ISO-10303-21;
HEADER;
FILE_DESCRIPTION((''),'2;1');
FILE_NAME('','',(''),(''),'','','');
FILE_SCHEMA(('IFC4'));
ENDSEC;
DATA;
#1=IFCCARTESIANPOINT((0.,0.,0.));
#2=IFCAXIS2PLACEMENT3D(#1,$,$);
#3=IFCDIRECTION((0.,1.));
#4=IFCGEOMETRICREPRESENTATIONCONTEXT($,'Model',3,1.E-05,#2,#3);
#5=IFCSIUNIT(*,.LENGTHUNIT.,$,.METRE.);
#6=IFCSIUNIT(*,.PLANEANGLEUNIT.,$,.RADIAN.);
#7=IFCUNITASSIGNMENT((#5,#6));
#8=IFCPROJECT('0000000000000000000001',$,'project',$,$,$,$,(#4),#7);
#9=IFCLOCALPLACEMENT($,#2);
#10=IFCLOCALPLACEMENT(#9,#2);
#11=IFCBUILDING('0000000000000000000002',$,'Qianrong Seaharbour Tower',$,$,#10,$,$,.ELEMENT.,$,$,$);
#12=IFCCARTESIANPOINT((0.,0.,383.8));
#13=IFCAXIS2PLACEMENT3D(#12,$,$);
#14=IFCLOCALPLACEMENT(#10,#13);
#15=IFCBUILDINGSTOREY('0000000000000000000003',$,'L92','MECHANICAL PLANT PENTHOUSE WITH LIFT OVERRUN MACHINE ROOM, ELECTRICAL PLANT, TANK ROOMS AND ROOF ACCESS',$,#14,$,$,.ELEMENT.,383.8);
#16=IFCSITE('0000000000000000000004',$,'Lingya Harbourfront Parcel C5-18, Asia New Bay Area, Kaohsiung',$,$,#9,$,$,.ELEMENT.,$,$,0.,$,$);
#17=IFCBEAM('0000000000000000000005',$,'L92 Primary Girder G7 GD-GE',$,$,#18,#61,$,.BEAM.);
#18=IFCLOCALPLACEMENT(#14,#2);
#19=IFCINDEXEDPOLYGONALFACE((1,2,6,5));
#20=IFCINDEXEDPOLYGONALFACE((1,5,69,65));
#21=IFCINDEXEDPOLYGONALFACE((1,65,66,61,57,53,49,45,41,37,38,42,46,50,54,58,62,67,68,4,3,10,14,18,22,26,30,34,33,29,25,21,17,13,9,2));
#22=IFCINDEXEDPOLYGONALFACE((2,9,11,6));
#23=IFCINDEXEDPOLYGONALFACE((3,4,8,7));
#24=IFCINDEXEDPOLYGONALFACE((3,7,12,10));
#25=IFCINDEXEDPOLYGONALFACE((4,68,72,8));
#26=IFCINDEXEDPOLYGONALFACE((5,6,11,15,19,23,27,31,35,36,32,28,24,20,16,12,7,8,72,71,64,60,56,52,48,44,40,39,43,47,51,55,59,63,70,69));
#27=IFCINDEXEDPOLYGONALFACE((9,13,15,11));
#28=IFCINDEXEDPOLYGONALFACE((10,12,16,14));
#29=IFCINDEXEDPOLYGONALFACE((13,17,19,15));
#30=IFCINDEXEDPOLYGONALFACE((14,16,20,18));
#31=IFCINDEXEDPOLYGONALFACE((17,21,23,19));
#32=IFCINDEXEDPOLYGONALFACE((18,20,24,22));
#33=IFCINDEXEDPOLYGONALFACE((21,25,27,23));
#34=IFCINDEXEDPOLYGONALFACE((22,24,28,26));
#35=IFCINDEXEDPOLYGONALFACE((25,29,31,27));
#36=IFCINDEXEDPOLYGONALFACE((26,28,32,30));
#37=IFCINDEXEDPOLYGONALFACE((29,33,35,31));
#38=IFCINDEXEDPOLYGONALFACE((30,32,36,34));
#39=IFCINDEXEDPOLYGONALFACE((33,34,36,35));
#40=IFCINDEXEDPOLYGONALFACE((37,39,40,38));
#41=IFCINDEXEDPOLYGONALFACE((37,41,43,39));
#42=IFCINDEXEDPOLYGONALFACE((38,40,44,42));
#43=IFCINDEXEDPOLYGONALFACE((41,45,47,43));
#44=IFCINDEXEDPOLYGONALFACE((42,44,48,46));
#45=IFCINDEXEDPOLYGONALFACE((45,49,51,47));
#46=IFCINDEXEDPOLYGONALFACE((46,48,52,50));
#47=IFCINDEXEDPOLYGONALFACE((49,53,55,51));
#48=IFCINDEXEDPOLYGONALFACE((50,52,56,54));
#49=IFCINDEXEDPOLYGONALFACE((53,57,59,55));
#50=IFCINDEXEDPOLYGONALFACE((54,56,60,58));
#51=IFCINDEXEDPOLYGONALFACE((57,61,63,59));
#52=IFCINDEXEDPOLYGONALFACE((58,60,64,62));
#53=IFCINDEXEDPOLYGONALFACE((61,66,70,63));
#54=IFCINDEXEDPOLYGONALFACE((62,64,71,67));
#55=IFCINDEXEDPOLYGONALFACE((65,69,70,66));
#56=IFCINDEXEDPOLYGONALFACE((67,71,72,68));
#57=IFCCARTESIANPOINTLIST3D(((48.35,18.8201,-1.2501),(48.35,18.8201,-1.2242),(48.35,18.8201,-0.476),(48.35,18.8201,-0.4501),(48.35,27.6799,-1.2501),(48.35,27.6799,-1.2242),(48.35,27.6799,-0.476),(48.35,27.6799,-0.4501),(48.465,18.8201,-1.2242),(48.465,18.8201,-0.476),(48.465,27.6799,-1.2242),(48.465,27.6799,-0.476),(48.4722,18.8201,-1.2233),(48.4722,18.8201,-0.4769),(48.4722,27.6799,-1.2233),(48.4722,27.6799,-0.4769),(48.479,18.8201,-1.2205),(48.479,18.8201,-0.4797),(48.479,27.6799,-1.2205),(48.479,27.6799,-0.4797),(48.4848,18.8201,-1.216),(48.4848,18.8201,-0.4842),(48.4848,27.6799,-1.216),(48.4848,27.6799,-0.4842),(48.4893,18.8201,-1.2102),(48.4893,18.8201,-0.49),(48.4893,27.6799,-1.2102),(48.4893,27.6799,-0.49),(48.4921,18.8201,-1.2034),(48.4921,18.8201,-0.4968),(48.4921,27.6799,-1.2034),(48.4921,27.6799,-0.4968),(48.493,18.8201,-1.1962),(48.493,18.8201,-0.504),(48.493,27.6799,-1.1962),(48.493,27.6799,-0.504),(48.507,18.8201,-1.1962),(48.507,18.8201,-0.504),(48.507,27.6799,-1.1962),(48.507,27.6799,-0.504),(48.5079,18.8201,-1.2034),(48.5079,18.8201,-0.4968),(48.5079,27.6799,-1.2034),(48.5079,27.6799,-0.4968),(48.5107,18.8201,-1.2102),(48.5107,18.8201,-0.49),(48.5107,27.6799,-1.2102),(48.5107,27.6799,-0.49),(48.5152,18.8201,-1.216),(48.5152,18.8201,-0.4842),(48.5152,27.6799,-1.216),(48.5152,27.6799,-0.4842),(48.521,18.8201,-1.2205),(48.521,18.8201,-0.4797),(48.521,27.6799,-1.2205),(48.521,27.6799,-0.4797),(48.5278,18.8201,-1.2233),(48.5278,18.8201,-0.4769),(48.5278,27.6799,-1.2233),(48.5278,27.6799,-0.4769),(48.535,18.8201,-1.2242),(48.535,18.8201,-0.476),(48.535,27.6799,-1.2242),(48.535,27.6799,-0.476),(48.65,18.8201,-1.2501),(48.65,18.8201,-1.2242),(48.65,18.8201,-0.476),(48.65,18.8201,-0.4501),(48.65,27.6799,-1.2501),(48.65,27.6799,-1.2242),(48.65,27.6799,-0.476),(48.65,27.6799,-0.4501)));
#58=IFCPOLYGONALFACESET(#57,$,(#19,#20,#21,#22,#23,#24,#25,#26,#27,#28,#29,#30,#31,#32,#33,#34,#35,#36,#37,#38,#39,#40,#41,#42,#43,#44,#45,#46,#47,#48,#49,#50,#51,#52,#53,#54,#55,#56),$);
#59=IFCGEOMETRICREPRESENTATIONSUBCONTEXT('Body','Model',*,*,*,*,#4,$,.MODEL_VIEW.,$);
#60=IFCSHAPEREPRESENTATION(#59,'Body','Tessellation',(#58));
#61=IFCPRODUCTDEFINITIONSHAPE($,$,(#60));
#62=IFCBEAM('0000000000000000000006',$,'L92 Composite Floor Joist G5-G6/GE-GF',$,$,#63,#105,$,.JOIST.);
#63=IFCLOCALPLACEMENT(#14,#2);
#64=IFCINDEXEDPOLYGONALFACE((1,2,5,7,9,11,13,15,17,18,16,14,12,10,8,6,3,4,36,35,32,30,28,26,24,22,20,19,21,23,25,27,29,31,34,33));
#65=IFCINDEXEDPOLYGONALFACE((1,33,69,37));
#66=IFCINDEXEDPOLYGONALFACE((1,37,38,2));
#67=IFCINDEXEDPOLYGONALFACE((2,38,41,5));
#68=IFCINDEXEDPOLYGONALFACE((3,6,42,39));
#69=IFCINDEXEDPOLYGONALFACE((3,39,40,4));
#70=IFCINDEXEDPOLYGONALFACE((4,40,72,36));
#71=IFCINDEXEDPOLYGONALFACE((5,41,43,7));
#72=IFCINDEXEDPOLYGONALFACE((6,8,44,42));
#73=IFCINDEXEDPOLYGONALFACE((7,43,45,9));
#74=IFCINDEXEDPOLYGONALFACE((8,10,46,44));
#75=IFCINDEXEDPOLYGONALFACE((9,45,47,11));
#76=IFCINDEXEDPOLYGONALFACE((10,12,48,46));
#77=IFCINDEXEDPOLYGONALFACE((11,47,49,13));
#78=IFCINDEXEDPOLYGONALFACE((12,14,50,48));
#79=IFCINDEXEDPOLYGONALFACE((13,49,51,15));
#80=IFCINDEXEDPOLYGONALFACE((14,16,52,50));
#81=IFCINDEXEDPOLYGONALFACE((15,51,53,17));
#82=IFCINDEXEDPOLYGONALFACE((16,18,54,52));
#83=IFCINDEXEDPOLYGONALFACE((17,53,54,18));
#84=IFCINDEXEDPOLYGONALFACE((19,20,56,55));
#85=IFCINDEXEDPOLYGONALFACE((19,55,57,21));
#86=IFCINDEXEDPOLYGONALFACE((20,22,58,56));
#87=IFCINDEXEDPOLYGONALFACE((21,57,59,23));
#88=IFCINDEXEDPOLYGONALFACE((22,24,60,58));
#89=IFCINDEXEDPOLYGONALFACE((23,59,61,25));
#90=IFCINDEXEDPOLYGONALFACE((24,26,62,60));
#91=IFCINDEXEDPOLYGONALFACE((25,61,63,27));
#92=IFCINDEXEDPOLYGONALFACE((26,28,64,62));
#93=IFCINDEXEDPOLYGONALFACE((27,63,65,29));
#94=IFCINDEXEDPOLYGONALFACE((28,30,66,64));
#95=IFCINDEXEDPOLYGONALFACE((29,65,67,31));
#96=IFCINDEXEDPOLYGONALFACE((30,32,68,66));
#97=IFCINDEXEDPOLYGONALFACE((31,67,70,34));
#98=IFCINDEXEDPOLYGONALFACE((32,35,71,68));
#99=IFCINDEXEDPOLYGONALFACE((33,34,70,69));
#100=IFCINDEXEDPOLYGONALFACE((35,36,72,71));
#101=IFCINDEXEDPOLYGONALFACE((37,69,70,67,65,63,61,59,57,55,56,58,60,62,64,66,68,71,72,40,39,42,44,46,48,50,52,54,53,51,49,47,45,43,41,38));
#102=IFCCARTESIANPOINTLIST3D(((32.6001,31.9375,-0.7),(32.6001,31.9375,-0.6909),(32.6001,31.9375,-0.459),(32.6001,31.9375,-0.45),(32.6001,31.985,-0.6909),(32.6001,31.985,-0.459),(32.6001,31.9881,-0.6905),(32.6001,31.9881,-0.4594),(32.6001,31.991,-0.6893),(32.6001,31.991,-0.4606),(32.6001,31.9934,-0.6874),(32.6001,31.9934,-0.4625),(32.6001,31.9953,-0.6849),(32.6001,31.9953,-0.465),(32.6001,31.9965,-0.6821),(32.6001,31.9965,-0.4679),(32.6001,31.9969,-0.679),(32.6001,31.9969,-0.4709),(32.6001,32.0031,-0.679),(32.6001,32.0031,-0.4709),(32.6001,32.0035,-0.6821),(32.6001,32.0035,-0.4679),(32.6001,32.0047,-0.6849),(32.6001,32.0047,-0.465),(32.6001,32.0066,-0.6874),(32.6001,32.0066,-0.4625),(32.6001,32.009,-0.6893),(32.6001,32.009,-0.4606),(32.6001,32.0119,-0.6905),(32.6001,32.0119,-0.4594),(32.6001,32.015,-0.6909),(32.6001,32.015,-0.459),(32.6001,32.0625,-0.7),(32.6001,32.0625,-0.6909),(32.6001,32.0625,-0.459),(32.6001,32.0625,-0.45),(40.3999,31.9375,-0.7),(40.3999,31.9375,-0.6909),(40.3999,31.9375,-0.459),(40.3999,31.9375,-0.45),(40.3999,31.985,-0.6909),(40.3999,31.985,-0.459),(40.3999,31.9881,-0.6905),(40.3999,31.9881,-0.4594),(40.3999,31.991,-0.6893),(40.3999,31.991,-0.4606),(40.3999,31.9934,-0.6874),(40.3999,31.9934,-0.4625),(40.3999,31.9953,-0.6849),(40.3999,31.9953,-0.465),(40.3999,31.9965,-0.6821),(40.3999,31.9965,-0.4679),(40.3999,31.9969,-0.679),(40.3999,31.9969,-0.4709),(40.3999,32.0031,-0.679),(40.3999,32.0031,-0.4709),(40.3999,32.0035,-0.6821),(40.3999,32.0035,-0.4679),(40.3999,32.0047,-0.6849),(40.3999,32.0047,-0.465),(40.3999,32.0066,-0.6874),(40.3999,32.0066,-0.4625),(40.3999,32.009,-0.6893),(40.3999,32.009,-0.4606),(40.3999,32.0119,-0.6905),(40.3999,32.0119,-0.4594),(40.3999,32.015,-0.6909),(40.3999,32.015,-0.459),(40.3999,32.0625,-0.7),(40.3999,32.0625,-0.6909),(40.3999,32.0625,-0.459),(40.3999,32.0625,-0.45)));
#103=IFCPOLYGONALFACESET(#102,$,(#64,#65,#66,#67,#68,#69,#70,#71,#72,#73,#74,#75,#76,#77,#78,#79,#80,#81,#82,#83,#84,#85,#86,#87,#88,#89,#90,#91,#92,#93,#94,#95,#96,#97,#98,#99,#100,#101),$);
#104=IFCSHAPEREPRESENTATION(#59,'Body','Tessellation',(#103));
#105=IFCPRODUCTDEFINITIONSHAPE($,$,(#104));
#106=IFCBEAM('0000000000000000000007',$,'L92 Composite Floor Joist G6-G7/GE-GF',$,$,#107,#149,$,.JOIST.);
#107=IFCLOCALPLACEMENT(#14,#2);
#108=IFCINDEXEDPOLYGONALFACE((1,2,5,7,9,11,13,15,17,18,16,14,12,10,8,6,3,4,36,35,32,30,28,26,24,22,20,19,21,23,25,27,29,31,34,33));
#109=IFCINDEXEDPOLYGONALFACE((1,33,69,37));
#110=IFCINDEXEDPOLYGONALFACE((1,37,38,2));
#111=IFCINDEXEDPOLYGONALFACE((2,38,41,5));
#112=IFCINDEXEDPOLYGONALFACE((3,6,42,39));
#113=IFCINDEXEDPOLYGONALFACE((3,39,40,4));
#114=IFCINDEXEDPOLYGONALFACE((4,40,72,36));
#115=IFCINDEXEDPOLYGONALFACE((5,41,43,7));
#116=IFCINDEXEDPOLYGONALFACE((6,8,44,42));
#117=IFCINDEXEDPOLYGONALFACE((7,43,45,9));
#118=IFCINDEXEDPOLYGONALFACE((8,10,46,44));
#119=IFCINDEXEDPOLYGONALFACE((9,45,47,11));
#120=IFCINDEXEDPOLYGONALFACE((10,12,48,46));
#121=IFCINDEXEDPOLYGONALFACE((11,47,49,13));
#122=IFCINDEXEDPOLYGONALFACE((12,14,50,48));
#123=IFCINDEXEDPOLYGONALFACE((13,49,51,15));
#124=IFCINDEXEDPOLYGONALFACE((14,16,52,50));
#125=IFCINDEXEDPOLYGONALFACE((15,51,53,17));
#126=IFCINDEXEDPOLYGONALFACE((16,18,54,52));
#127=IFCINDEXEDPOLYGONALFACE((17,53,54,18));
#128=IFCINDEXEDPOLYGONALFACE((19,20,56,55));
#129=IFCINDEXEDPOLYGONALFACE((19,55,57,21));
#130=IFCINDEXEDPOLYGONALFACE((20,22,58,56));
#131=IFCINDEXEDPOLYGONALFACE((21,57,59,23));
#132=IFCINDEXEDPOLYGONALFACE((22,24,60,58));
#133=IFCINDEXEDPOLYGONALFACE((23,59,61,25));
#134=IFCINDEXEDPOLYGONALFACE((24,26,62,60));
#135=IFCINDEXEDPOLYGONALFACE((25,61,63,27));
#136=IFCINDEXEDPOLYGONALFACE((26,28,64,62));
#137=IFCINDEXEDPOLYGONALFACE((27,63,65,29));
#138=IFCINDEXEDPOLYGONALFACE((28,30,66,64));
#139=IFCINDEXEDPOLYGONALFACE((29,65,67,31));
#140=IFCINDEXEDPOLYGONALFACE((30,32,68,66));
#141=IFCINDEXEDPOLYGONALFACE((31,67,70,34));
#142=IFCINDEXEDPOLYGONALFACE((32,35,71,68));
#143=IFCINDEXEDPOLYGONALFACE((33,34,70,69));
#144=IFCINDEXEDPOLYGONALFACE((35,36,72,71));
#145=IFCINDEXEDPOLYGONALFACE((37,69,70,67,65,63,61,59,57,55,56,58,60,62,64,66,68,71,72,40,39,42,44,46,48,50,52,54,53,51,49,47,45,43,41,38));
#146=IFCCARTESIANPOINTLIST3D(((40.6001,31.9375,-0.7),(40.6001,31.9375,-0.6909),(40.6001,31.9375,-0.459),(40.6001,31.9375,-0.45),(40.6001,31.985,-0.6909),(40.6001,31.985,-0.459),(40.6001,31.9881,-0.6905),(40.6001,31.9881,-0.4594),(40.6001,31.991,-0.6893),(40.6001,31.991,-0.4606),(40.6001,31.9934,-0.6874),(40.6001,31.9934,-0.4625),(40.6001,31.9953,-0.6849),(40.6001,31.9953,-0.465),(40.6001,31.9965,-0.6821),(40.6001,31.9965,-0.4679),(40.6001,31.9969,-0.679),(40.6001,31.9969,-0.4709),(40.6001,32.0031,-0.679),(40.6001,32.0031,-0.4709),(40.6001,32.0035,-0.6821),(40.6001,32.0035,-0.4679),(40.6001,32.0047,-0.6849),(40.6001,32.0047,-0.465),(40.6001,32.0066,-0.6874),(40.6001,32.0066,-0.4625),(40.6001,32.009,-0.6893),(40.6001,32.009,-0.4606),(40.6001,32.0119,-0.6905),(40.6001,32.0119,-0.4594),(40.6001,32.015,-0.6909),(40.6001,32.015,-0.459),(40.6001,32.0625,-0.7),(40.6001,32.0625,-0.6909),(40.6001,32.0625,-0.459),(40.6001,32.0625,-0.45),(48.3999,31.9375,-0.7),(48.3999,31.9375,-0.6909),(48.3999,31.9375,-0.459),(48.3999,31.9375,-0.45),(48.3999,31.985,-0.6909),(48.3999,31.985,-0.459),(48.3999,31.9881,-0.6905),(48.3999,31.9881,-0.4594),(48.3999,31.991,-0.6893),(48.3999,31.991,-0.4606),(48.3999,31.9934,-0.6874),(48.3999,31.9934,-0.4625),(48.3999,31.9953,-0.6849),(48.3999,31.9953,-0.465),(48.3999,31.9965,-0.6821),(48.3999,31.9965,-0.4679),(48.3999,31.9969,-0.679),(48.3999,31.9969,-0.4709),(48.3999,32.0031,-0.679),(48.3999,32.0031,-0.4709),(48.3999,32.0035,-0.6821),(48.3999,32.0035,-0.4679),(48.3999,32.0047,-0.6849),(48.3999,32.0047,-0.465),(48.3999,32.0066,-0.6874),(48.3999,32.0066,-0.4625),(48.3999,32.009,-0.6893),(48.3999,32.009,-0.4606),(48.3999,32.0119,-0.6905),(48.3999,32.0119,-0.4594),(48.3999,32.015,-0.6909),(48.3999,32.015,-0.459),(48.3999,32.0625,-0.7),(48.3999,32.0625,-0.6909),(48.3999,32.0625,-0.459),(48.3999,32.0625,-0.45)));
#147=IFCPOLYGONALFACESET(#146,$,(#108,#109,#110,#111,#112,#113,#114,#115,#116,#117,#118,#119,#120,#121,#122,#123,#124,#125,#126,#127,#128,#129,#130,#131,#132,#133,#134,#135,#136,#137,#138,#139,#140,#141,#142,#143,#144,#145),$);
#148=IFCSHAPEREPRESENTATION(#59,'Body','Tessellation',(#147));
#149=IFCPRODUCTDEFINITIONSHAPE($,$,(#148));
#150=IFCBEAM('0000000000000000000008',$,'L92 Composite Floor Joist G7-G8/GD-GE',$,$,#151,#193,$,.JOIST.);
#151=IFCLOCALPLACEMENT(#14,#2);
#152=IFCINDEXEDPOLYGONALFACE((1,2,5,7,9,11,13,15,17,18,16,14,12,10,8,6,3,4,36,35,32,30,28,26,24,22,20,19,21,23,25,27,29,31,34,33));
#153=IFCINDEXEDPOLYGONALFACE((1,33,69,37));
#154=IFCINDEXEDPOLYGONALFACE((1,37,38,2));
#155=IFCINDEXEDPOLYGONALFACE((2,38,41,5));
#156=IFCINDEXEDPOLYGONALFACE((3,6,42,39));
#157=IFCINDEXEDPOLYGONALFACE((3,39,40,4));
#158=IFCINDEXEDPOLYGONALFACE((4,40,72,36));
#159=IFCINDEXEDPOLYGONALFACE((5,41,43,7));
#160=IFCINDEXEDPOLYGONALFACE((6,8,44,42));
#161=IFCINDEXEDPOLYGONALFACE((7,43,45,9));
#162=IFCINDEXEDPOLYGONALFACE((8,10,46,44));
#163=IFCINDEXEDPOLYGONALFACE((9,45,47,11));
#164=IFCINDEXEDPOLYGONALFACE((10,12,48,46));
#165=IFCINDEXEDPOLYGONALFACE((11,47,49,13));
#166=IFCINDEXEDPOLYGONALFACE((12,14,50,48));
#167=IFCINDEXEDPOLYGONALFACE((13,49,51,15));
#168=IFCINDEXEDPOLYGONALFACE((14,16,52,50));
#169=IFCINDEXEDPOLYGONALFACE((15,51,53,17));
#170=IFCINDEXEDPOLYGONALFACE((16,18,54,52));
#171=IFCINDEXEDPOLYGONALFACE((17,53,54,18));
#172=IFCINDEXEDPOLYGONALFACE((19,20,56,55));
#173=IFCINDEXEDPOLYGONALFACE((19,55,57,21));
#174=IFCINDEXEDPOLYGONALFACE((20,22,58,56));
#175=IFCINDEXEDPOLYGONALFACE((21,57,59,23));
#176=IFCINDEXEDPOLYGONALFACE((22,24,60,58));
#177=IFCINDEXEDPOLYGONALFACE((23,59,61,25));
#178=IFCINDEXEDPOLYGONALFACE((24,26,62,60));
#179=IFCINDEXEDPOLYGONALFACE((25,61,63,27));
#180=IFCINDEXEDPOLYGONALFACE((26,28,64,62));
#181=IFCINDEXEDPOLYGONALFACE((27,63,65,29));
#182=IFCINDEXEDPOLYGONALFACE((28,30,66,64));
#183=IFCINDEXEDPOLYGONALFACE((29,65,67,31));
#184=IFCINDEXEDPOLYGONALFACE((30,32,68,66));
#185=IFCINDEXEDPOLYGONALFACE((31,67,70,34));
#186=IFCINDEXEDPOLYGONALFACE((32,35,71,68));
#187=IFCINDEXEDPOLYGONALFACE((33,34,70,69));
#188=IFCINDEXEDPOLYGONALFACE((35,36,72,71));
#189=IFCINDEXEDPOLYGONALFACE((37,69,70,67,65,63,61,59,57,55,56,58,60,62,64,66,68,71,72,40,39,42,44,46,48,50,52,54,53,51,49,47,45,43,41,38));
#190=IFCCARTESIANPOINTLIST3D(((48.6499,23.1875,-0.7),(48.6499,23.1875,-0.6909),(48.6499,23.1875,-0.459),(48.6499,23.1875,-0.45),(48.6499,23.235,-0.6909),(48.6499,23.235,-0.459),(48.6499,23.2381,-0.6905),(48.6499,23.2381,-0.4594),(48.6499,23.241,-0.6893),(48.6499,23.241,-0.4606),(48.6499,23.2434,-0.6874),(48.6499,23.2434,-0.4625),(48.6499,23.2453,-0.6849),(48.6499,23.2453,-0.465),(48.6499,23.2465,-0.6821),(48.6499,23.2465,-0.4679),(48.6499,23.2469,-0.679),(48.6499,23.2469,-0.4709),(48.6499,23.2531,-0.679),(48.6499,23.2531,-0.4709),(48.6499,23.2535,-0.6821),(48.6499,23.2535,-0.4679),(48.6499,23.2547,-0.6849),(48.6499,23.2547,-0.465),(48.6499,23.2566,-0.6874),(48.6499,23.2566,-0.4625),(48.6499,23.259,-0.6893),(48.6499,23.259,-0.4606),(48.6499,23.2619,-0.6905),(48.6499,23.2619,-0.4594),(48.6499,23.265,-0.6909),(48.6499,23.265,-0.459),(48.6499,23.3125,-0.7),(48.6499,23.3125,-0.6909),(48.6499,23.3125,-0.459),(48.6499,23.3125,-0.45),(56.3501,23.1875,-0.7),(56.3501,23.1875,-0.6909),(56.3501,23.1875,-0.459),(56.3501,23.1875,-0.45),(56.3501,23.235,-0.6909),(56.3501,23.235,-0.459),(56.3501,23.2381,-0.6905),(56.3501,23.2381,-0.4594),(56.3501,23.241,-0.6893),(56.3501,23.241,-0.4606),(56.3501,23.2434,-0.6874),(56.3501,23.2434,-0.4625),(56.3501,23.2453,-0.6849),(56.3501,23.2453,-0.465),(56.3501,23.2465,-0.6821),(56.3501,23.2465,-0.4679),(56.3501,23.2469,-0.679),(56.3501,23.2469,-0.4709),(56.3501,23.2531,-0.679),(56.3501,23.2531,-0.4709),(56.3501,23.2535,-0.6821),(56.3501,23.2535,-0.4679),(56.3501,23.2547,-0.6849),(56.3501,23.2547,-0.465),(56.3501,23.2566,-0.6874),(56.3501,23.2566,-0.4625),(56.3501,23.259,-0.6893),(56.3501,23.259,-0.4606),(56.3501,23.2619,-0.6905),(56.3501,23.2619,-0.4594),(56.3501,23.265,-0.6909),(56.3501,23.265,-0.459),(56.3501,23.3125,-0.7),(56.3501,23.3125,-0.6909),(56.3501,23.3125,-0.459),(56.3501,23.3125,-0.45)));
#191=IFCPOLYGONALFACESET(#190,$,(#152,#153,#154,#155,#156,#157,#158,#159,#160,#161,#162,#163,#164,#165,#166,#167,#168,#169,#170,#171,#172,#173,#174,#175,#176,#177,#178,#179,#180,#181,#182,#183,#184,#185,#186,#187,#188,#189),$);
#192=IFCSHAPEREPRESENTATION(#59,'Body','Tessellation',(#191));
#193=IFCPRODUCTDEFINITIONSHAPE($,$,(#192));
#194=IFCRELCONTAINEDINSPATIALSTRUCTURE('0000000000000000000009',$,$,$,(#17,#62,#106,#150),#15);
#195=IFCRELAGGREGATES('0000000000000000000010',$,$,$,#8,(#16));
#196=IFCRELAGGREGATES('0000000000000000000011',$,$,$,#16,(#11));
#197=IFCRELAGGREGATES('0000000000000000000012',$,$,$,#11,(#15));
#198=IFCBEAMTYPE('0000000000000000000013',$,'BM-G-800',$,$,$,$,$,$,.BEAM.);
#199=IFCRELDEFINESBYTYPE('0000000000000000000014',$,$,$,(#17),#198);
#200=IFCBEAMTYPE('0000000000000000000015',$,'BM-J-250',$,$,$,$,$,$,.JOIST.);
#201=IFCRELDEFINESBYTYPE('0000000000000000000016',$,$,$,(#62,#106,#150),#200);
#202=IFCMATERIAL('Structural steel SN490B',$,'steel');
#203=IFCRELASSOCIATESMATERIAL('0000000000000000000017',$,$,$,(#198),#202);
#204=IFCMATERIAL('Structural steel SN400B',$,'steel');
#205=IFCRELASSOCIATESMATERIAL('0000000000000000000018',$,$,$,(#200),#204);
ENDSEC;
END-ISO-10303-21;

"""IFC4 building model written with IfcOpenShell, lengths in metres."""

from ifc_helpers import new_model, si_unit, direction, frame, origin, origin_2d, place, context, subcontext, project, spatial, i_section, extrude, material, material_profile, profile_set, type_object, element, save


model = new_model("IFC4")

# Units and contexts
model_context = context("Model", 3, precision=1e-05, world=origin(), true_north=direction((0.0, 1.0)))
body_context = subcontext(model_context, "Body", "Model", "MODEL_VIEW")
ifc_project = project(units=[si_unit("LENGTHUNIT", "METRE"), si_unit("PLANEANGLEUNIT", "RADIAN")], contexts=[model_context])

# Site, building, storey
site_placement = place(None, origin())
site = spatial("IfcSite", under=ifc_project, at=site_placement, Name="Lingya Harbourfront Parcel C5-18, Asia New Bay Area, Kaohsiung", CompositionType="ELEMENT", RefElevation=0.0)
building_placement = place(site_placement, origin())
building = spatial("IfcBuilding", under=site, at=building_placement, Name="Qianrong Seaharbour Tower", CompositionType="ELEMENT")
storey_placement = place(building_placement, frame((0.0, 0.0, 383.8)))
storey = spatial("IfcBuildingStorey", under=building, at=storey_placement, Name="L92", Description="MECHANICAL PLANT PENTHOUSE WITH LIFT OVERRUN MACHINE ROOM, ELECTRICAL PLANT, TANK ROOMS AND ROOF ACCESS", CompositionType="ELEMENT", Elevation=383.8)

# Shared definitions
ifc_material_1 = material(Name="Structural steel SN490B", Category="steel")
ifc_material_2 = material(Name="Structural steel SN400B", Category="steel")

# Beams
ifc_material_profile_1 = material_profile(ifc_material_1, i_section(OverallWidth=0.3, OverallDepth=0.8, WebThickness=0.0139, FlangeThickness=0.0259, FilletRadius=0.0281, at=origin_2d()), Name="H800x300x14x26")
ifc_profile_set_1 = profile_set([ifc_material_profile_1], Name="Structural steel SN490B")
beam_type_1 = type_object("IfcBeamType", Name="BM-G-800", PredefinedType="BEAM", material=ifc_profile_set_1)
beam_1_placement = place(storey_placement, frame((48.5, 18.8201, -0.8501), z_axis=(0.0, 1.0, 0.0), x_axis=(-1.0, 0.0, 0.0)))
element("IfcBeam", 1, at=beam_1_placement, inside=storey, type_object=beam_type_1, Name="L92 Primary Girder G7 GD-GE", PredefinedType="BEAM", context=body_context, shape_type="SweptSolid", body=[
    extrude(i_section(OverallWidth=0.3, OverallDepth=0.8, WebThickness=0.0139, FlangeThickness=0.0259, FilletRadius=0.0281, at=origin_2d()), origin(), (0.0, 0.0, 1.0), 8.8599),
])
ifc_material_profile_2 = material_profile(ifc_material_2, i_section(OverallWidth=0.125, OverallDepth=0.25, WebThickness=0.0061, FlangeThickness=0.009, FilletRadius=0.012, at=origin_2d()), Name="H250x125x6x9")
ifc_profile_set_2 = profile_set([ifc_material_profile_2], Name="Structural steel SN400B")
beam_type_2 = type_object("IfcBeamType", Name="BM-J-250", PredefinedType="JOIST", material=ifc_profile_set_2)
for number, where, z_axis, x_axis, name in (
    (2, (32.6001, 32.0, -0.575), (1.0, 0.0, 0.0), (0.0, 1.0, 0.0), "L92 Composite Floor Joist G5-G6/GE-GF"),
    (3, (40.6001, 32.0, -0.575), (1.0, 0.0, 0.0), (0.0, 1.0, 0.0), "L92 Composite Floor Joist G6-G7/GE-GF"),
):
    element("IfcBeam", number, at=place(storey_placement, frame(where, z_axis=z_axis, x_axis=x_axis)), inside=storey, type_object=beam_type_2, Name=name, PredefinedType="JOIST", context=body_context, shape_type="SweptSolid", body=[
        extrude(i_section(OverallWidth=0.125, OverallDepth=0.25, WebThickness=0.0061, FlangeThickness=0.009, FilletRadius=0.012, at=origin_2d()), origin(), (0.0, 0.0, 1.0), 7.7998),
    ])
beam_2_placement = place(storey_placement, frame((48.6499, 23.25, -0.575), z_axis=(1.0, 0.0, 0.0), x_axis=(0.0, 1.0, 0.0)))
element("IfcBeam", 4, at=beam_2_placement, inside=storey, type_object=beam_type_2, Name="L92 Composite Floor Joist G7-G8/GD-GE", PredefinedType="JOIST", context=body_context, shape_type="SweptSolid", body=[
    extrude(i_section(OverallWidth=0.125, OverallDepth=0.25, WebThickness=0.0061, FlangeThickness=0.009, FilletRadius=0.012, at=origin_2d()), origin(), (0.0, 0.0, 1.0), 7.7002),
])

save(model, "model.ifc")
